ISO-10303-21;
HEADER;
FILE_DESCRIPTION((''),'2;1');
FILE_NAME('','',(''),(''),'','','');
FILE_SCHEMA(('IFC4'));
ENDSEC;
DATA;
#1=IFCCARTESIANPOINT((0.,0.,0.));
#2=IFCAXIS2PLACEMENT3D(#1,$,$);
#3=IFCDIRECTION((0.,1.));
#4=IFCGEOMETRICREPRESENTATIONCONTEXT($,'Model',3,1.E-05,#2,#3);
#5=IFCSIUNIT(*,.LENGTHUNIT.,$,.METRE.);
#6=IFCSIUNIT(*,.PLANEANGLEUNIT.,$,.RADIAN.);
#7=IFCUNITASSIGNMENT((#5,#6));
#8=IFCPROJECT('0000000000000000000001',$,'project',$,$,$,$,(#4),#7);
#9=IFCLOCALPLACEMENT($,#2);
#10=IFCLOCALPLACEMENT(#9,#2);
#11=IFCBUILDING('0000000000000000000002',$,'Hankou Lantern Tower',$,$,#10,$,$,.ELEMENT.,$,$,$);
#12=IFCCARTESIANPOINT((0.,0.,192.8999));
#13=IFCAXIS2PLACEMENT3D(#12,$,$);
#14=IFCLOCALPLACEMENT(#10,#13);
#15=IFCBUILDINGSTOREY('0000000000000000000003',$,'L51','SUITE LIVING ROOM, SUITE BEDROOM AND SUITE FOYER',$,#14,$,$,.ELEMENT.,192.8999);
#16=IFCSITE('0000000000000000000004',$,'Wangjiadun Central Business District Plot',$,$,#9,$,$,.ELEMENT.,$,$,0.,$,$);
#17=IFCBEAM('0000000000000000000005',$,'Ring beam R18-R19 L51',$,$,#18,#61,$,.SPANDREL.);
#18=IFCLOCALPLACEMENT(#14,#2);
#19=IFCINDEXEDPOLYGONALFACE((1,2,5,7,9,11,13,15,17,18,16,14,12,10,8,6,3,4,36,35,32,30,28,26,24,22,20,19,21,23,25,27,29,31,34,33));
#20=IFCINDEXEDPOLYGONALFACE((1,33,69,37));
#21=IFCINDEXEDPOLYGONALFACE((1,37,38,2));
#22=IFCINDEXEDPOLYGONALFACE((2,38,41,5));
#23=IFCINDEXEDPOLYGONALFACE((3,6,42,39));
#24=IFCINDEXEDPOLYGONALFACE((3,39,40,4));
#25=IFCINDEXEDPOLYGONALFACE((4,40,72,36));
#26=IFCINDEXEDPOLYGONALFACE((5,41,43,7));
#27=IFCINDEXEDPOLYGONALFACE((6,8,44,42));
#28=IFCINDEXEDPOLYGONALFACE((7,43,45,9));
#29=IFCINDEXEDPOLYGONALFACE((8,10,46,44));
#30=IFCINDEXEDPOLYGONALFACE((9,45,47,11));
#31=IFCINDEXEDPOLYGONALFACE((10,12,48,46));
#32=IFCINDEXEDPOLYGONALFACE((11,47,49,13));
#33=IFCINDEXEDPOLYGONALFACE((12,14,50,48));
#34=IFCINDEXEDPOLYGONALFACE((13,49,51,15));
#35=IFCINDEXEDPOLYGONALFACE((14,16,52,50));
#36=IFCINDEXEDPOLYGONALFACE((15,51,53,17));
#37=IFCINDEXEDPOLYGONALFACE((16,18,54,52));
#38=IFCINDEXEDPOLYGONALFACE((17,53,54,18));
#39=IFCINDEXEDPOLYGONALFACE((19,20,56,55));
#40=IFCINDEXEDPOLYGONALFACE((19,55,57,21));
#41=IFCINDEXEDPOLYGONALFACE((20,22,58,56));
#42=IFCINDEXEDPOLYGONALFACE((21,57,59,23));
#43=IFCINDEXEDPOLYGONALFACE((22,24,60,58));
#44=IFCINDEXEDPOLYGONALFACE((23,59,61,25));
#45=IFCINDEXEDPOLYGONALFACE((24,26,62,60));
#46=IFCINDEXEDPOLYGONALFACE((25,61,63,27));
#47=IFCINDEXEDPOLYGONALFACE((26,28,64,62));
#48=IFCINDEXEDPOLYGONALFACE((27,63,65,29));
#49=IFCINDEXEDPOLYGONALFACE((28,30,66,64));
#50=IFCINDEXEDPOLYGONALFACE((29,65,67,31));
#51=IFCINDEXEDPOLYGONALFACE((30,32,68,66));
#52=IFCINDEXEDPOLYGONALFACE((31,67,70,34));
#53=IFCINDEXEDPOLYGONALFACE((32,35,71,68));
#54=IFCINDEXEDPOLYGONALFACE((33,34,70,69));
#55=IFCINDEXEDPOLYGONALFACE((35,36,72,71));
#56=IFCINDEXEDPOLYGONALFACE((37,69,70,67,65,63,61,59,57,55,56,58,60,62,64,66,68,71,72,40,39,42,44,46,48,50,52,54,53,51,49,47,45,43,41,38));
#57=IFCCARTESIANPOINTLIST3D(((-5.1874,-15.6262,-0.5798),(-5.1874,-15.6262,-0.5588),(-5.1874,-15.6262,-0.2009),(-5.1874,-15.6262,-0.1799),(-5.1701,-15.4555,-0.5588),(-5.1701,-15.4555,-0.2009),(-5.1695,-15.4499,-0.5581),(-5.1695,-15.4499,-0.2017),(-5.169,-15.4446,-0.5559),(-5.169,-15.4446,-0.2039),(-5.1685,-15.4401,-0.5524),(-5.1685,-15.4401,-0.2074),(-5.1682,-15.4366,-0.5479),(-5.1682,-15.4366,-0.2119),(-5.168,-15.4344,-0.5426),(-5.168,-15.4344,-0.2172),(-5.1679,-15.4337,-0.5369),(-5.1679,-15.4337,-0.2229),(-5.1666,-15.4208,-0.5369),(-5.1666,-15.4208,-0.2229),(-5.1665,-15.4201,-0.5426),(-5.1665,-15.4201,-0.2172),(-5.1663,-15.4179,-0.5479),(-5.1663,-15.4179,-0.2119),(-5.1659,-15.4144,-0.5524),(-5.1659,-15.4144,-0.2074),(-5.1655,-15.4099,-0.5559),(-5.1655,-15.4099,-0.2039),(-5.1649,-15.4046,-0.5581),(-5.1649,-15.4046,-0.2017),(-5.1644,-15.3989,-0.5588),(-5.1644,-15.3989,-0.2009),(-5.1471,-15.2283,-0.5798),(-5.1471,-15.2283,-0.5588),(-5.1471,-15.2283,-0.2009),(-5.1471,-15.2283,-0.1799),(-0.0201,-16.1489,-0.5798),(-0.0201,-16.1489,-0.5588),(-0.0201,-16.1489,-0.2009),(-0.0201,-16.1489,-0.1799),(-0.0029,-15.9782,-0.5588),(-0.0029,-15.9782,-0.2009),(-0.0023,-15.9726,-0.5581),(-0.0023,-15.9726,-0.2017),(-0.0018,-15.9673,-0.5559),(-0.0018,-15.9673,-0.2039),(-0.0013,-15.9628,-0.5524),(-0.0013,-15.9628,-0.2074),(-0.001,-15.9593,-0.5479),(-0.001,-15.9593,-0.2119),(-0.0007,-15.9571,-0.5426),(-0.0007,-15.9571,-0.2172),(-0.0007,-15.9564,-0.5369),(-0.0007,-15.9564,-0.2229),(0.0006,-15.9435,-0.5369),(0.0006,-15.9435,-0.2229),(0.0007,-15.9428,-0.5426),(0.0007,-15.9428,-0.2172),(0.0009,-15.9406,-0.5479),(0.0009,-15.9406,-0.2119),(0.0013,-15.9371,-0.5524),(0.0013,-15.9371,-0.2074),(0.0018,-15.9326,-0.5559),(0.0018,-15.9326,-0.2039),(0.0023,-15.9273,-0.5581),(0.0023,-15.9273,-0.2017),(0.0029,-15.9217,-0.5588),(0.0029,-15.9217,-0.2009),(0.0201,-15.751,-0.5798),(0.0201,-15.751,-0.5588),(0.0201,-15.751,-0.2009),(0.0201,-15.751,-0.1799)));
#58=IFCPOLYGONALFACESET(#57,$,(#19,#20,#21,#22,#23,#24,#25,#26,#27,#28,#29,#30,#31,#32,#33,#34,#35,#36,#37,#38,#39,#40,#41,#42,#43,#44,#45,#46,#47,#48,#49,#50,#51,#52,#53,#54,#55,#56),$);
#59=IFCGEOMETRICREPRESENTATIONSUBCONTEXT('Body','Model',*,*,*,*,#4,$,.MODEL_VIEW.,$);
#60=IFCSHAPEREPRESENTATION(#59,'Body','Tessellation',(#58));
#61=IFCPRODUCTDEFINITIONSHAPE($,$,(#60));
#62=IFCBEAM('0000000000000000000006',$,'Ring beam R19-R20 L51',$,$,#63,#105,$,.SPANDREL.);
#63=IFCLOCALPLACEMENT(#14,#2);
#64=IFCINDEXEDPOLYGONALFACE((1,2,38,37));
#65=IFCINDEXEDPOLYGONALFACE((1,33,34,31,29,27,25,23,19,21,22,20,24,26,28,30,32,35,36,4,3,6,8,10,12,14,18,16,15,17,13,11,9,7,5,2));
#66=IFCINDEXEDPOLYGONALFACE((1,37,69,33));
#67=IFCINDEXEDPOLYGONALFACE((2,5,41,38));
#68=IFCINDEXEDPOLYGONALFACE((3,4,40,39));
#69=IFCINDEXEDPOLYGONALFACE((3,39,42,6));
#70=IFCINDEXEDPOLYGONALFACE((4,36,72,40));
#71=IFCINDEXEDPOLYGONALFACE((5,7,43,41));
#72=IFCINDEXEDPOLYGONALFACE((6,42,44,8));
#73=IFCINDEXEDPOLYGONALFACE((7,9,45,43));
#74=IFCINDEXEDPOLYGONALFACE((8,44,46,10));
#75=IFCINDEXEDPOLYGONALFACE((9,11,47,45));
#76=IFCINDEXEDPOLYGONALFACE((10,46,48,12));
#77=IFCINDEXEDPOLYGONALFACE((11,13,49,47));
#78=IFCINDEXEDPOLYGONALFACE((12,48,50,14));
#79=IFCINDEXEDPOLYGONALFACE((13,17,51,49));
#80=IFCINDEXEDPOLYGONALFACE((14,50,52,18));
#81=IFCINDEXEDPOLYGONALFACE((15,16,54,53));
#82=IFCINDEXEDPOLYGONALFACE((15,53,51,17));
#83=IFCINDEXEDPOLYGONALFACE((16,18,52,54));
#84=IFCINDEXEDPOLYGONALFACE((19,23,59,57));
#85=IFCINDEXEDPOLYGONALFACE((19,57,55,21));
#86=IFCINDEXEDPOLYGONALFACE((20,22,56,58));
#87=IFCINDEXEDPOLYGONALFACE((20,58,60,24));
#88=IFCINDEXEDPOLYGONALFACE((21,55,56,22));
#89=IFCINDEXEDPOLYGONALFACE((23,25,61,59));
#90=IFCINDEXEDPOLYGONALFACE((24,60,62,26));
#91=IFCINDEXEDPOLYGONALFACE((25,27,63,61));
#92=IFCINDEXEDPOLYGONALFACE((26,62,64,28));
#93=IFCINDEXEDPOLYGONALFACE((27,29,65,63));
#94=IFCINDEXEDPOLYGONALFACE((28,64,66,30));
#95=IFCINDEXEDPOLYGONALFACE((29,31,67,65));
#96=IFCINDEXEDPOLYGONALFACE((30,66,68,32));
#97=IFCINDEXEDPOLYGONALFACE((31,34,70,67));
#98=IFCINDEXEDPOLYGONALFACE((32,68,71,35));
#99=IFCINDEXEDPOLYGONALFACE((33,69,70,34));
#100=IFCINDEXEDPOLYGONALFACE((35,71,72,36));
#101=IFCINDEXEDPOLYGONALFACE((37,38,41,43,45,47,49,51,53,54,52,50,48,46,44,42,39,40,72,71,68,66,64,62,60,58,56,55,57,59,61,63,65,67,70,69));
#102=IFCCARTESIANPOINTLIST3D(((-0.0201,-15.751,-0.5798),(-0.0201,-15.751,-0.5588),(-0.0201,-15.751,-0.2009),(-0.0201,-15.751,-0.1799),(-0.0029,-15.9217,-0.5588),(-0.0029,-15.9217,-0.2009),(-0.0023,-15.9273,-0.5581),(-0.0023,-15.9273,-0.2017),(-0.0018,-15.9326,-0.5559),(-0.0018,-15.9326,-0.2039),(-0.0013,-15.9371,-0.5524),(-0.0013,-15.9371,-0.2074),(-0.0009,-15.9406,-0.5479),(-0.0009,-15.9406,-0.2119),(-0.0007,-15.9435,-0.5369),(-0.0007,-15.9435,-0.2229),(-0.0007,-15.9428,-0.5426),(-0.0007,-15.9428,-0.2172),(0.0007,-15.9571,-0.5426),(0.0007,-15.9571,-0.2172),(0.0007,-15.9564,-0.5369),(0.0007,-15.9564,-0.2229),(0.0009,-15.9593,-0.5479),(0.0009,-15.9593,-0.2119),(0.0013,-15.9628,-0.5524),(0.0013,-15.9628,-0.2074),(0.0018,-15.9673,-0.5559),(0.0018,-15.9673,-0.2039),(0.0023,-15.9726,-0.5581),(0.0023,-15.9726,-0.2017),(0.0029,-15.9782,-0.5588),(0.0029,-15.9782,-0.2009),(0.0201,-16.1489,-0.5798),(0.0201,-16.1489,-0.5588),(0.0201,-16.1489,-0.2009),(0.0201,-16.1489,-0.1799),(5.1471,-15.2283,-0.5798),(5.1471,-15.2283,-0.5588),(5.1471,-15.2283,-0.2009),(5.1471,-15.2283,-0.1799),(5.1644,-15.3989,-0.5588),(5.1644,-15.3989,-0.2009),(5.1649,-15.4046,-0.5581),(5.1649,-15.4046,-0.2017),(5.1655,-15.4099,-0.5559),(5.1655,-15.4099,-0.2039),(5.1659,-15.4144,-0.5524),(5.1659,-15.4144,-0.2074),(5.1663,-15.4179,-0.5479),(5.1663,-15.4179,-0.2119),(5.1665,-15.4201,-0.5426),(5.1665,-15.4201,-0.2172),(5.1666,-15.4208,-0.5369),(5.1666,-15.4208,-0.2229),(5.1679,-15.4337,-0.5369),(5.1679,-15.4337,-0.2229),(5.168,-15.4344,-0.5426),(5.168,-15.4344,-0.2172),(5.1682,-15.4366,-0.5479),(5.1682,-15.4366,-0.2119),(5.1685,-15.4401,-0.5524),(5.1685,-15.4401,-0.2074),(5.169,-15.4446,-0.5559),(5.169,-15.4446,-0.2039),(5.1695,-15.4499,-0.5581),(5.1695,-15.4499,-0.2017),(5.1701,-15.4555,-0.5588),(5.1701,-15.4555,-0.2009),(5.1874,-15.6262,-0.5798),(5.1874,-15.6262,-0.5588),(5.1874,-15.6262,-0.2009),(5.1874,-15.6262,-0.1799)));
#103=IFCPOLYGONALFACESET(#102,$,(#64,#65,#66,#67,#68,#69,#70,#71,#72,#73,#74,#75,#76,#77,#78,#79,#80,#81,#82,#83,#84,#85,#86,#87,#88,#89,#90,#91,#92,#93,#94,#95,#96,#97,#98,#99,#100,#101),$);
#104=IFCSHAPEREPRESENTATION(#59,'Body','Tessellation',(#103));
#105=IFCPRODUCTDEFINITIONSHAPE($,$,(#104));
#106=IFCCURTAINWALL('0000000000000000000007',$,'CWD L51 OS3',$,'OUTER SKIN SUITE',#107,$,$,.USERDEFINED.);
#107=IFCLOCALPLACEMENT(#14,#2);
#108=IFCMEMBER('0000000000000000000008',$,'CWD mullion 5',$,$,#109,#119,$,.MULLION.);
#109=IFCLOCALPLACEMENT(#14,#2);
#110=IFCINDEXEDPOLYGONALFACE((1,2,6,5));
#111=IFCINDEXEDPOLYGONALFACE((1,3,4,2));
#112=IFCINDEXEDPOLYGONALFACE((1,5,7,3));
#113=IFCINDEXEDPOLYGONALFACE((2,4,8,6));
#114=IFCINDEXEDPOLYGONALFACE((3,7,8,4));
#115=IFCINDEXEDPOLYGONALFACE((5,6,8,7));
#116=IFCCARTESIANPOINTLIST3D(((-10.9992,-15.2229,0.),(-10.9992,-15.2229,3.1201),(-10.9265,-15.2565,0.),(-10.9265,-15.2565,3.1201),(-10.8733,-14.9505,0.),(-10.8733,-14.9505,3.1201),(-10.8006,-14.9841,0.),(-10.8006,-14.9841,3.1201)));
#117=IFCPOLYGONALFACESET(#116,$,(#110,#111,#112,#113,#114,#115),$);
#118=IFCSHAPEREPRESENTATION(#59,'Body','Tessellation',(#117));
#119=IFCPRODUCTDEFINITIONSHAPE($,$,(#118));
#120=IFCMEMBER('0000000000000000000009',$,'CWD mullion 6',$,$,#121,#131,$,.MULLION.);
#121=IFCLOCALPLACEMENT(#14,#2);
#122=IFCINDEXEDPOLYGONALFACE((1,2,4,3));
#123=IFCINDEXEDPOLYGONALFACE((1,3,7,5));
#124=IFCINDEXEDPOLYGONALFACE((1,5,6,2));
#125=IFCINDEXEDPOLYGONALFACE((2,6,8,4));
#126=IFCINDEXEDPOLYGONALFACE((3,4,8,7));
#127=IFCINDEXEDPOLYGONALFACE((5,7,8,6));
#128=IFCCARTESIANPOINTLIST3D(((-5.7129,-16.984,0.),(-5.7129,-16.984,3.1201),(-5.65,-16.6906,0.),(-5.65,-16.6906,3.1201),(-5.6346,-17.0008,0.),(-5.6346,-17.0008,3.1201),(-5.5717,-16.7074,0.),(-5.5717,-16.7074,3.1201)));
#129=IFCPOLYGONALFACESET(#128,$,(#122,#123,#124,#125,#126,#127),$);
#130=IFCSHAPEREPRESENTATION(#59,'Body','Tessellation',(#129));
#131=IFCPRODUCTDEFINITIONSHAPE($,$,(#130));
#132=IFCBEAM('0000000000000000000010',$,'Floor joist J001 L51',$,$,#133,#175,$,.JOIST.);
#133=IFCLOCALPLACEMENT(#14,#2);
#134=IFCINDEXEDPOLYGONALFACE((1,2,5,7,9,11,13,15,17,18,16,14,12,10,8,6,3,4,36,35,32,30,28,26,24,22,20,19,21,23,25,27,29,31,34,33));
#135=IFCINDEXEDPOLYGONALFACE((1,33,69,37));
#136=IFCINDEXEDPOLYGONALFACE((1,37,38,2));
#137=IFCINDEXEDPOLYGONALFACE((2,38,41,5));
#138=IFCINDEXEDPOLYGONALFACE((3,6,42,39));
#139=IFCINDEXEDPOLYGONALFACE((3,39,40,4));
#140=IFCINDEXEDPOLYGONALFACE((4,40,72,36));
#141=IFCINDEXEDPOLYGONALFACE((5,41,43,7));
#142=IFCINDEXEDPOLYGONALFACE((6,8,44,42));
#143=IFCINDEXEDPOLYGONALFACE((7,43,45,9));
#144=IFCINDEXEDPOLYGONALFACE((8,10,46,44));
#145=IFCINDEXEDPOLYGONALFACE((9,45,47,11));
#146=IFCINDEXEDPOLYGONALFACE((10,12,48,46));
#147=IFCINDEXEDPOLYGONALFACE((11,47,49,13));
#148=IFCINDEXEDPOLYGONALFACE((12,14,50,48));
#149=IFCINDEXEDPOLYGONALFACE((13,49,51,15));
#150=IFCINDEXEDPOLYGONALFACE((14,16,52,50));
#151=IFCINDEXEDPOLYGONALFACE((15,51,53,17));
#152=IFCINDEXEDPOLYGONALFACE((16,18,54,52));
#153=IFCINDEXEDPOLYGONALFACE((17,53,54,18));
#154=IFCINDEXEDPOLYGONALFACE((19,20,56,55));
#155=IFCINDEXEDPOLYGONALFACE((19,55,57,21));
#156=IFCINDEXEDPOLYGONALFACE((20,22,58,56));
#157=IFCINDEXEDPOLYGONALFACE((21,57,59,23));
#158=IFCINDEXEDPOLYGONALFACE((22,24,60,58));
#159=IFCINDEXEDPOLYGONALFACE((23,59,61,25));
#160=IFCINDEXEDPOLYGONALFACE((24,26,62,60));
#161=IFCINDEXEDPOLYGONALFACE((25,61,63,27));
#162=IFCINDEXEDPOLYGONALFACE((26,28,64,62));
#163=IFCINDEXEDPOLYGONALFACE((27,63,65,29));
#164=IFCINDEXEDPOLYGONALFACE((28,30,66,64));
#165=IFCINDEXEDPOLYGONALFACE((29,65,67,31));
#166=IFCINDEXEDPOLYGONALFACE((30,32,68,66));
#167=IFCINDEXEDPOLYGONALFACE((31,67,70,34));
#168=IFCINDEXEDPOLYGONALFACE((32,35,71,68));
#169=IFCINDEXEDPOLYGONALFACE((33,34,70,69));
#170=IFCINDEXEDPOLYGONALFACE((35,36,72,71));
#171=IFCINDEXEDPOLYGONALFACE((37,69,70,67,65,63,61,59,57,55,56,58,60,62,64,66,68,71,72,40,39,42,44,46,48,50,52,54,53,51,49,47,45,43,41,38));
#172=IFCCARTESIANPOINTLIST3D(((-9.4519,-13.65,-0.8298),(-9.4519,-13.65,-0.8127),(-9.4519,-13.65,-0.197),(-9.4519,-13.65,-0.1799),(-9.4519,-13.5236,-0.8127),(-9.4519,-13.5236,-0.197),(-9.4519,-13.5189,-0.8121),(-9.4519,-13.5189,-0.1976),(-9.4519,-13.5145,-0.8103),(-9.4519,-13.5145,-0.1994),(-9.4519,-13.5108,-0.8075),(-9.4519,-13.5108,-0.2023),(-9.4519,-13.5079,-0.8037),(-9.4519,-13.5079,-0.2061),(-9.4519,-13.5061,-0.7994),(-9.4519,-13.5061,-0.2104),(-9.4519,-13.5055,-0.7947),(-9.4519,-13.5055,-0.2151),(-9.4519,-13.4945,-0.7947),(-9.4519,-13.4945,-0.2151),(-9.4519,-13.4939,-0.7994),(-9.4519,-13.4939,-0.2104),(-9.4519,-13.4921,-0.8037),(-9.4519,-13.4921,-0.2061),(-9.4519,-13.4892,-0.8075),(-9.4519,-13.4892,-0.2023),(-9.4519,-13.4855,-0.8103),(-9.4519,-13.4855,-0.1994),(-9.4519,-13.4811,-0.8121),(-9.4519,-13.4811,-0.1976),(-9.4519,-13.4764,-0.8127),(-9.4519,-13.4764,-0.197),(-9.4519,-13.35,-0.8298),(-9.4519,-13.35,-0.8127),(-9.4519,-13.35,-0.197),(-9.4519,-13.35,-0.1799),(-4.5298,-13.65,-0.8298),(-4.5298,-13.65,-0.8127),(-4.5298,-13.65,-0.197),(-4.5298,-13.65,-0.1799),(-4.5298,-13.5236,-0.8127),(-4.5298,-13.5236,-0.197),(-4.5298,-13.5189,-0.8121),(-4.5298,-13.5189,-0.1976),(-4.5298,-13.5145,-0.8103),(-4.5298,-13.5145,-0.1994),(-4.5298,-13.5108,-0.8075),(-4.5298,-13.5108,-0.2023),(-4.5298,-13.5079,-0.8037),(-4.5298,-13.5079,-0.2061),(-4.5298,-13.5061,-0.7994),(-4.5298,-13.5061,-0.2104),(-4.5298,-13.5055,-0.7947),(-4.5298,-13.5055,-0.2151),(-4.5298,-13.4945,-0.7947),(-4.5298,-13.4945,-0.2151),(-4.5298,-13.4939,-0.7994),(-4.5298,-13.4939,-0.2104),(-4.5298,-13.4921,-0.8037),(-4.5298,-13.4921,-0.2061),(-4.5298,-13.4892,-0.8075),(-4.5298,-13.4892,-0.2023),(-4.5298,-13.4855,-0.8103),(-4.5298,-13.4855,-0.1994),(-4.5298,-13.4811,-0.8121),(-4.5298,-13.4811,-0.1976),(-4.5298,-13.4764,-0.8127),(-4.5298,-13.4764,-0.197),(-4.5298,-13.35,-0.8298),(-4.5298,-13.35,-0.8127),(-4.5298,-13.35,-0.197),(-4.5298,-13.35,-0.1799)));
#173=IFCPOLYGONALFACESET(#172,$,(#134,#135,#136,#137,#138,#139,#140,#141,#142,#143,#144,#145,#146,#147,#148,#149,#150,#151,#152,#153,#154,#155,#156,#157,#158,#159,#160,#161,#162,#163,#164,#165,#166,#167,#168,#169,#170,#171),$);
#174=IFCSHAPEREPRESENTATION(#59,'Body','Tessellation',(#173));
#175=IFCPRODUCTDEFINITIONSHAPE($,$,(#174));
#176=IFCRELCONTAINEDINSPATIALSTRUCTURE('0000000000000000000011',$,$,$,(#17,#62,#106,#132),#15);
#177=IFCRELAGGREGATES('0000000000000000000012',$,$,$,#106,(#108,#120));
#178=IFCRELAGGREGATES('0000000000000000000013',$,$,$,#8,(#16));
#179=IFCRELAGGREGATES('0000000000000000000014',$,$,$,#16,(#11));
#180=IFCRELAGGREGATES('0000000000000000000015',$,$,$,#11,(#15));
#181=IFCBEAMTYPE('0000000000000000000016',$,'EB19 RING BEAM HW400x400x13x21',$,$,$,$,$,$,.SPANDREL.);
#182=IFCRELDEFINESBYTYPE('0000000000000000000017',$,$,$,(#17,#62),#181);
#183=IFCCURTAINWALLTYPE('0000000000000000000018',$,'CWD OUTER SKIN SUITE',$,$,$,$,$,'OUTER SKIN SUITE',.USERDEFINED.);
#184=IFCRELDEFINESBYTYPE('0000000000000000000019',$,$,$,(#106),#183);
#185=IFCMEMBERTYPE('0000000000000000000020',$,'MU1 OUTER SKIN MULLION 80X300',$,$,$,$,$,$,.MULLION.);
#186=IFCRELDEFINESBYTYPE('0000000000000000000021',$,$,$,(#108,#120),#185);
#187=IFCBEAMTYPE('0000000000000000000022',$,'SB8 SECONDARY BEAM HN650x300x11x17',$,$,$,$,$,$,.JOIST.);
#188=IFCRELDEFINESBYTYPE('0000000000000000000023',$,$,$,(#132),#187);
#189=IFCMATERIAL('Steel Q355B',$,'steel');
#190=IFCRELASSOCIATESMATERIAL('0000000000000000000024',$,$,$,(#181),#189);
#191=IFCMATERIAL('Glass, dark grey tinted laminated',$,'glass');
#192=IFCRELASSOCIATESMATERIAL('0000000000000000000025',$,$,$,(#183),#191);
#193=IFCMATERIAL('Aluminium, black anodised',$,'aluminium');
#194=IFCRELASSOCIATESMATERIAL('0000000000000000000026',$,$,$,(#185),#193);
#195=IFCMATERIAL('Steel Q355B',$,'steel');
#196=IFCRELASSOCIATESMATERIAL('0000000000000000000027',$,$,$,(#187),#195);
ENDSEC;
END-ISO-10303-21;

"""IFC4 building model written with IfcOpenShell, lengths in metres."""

from ifc_helpers import new_model, si_unit, direction, frame, origin, origin_2d, place, context, subcontext, project, spatial, rectangle, i_section, extrude, material, material_profile, profile_set, type_object, element, aggregate, save


model = new_model("IFC4")

# Units and contexts
model_context = context("Model", 3, precision=1e-05, world=origin(), true_north=direction((0.0, 1.0)))
body_context = subcontext(model_context, "Body", "Model", "MODEL_VIEW")
ifc_project = project(units=[si_unit("LENGTHUNIT", "METRE"), si_unit("PLANEANGLEUNIT", "RADIAN")], contexts=[model_context])

# Site, building, storey
site_placement = place(None, origin())
site = spatial("IfcSite", under=ifc_project, at=site_placement, Name="Wangjiadun Central Business District Plot", CompositionType="ELEMENT", RefElevation=0.0)
building_placement = place(site_placement, origin())
building = spatial("IfcBuilding", under=site, at=building_placement, Name="Hankou Lantern Tower", CompositionType="ELEMENT")
storey_placement = place(building_placement, frame((0.0, 0.0, 192.8999)))
storey = spatial("IfcBuildingStorey", under=building, at=storey_placement, Name="L51", Description="SUITE LIVING ROOM, SUITE BEDROOM AND SUITE FOYER", CompositionType="ELEMENT", Elevation=192.8999)

# Beams
ifc_material_1 = material(Name="Steel Q355B", Category="steel")
ifc_material_profile_1 = material_profile(ifc_material_1, i_section(OverallWidth=0.3999, OverallDepth=0.3999, WebThickness=0.0129, FlangeThickness=0.021, FilletRadius=0.022, at=origin_2d()), Name="HW400x400x13x21")
ifc_profile_set_1 = profile_set([ifc_material_profile_1], Name="Steel Q355B")
beam_type_1 = type_object("IfcBeamType", Name="EB19 RING BEAM HW400x400x13x21", PredefinedType="SPANDREL", material=ifc_profile_set_1)
for number, where, z_axis, x_axis, name in (
    (1, (-5.1672, -15.4272, -0.3799), (0.994923, -0.100644, 0.0), (0.100644, 0.994923, 0.0), "Ring beam R18-R19 L51"),
    (2, (0.0, -15.95, -0.3799), (0.994923, 0.100644, 0.0), (-0.100644, 0.994923, 0.0), "Ring beam R19-R20 L51"),
):
    element("IfcBeam", number, at=place(storey_placement, frame(where, z_axis=z_axis, x_axis=x_axis)), inside=storey, type_object=beam_type_1, Name=name, PredefinedType="SPANDREL", context=body_context, shape_type="SweptSolid", body=[
        extrude(i_section(OverallWidth=0.3999, OverallDepth=0.3999, WebThickness=0.0129, FlangeThickness=0.021, FilletRadius=0.022, at=origin_2d()), origin(), (0.0, 0.0, 1.0), 5.1936),
    ])

# Curtain wall, members
ifc_material_2 = material(Name="Glass, dark grey tinted laminated", Category="glass")
curtain_wall_type = type_object("IfcCurtainWallType", Name="CWD OUTER SKIN SUITE", ElementType="OUTER SKIN SUITE", PredefinedType="USERDEFINED", material=ifc_material_2)
curtain_wall_placement = place(storey_placement, origin())
curtain_wall = element("IfcCurtainWall", 3, at=curtain_wall_placement, inside=storey, type_object=curtain_wall_type, Name="CWD L51 OS3", ObjectType="OUTER SKIN SUITE", PredefinedType="USERDEFINED")
ifc_material_3 = material(Name="Aluminium, black anodised", Category="aluminium")
ifc_material_profile_2 = material_profile(ifc_material_3, rectangle(XDim=0.0801, YDim=0.3, at=origin_2d()), Name="MU1 80X300")
ifc_profile_set_2 = profile_set([ifc_material_profile_2], Name="Aluminium, black anodised")
member_type_1 = type_object("IfcMemberType", Name="MU1 OUTER SKIN MULLION 80X300", PredefinedType="MULLION", material=ifc_profile_set_2)
member_1_placement = place(storey_placement, frame((-10.8999, -15.1035, 0.0), z_axis=(0.0, 0.0, 1.0), x_axis=(0.907841, -0.419314, 0.0)))
member_1 = element("IfcMember", 4, at=member_1_placement, type_object=member_type_1, Name="CWD mullion 5", PredefinedType="MULLION", context=body_context, shape_type="SweptSolid", body=[
    extrude(rectangle(XDim=0.0801, YDim=0.3, at=origin_2d()), origin(), (0.0, 0.0, 1.0), 3.1201),
])
member_2_placement = place(storey_placement, frame((-5.6423, -16.8457, 0.0), z_axis=(0.0, 0.0, 1.0), x_axis=(0.977788, -0.209598, 0.0)))
member_2 = element("IfcMember", 5, at=member_2_placement, type_object=member_type_1, Name="CWD mullion 6", PredefinedType="MULLION", context=body_context, shape_type="SweptSolid", body=[
    extrude(rectangle(XDim=0.0801, YDim=0.3, at=origin_2d()), origin(), (0.0, 0.0, 1.0), 3.1201),
])

# Beam
ifc_material_4 = material(Name="Steel Q355B", Category="steel")
ifc_material_profile_3 = material_profile(ifc_material_4, i_section(OverallWidth=0.3, OverallDepth=0.6499, WebThickness=0.011, FlangeThickness=0.0171, FilletRadius=0.0181, at=origin_2d()), Name="HN650x300x11x17")
ifc_profile_set_3 = profile_set([ifc_material_profile_3], Name="Steel Q355B")
beam_type_2 = type_object("IfcBeamType", Name="SB8 SECONDARY BEAM HN650x300x11x17", PredefinedType="JOIST", material=ifc_profile_set_3)
beam_1_placement = place(storey_placement, frame((-9.4519, -13.5, -0.5049), z_axis=(1.0, 0.0, 0.0), x_axis=(0.0, 1.0, 0.0)))
element("IfcBeam", 6, at=beam_1_placement, inside=storey, type_object=beam_type_2, Name="Floor joist J001 L51", PredefinedType="JOIST", context=body_context, shape_type="SweptSolid", body=[
    extrude(i_section(OverallWidth=0.3, OverallDepth=0.6499, WebThickness=0.011, FlangeThickness=0.0171, FilletRadius=0.0181, at=origin_2d()), origin(), (0.0, 0.0, 1.0), 4.9221),
])

aggregate(curtain_wall, [member_1, member_2])

save(model, "model.ifc")
